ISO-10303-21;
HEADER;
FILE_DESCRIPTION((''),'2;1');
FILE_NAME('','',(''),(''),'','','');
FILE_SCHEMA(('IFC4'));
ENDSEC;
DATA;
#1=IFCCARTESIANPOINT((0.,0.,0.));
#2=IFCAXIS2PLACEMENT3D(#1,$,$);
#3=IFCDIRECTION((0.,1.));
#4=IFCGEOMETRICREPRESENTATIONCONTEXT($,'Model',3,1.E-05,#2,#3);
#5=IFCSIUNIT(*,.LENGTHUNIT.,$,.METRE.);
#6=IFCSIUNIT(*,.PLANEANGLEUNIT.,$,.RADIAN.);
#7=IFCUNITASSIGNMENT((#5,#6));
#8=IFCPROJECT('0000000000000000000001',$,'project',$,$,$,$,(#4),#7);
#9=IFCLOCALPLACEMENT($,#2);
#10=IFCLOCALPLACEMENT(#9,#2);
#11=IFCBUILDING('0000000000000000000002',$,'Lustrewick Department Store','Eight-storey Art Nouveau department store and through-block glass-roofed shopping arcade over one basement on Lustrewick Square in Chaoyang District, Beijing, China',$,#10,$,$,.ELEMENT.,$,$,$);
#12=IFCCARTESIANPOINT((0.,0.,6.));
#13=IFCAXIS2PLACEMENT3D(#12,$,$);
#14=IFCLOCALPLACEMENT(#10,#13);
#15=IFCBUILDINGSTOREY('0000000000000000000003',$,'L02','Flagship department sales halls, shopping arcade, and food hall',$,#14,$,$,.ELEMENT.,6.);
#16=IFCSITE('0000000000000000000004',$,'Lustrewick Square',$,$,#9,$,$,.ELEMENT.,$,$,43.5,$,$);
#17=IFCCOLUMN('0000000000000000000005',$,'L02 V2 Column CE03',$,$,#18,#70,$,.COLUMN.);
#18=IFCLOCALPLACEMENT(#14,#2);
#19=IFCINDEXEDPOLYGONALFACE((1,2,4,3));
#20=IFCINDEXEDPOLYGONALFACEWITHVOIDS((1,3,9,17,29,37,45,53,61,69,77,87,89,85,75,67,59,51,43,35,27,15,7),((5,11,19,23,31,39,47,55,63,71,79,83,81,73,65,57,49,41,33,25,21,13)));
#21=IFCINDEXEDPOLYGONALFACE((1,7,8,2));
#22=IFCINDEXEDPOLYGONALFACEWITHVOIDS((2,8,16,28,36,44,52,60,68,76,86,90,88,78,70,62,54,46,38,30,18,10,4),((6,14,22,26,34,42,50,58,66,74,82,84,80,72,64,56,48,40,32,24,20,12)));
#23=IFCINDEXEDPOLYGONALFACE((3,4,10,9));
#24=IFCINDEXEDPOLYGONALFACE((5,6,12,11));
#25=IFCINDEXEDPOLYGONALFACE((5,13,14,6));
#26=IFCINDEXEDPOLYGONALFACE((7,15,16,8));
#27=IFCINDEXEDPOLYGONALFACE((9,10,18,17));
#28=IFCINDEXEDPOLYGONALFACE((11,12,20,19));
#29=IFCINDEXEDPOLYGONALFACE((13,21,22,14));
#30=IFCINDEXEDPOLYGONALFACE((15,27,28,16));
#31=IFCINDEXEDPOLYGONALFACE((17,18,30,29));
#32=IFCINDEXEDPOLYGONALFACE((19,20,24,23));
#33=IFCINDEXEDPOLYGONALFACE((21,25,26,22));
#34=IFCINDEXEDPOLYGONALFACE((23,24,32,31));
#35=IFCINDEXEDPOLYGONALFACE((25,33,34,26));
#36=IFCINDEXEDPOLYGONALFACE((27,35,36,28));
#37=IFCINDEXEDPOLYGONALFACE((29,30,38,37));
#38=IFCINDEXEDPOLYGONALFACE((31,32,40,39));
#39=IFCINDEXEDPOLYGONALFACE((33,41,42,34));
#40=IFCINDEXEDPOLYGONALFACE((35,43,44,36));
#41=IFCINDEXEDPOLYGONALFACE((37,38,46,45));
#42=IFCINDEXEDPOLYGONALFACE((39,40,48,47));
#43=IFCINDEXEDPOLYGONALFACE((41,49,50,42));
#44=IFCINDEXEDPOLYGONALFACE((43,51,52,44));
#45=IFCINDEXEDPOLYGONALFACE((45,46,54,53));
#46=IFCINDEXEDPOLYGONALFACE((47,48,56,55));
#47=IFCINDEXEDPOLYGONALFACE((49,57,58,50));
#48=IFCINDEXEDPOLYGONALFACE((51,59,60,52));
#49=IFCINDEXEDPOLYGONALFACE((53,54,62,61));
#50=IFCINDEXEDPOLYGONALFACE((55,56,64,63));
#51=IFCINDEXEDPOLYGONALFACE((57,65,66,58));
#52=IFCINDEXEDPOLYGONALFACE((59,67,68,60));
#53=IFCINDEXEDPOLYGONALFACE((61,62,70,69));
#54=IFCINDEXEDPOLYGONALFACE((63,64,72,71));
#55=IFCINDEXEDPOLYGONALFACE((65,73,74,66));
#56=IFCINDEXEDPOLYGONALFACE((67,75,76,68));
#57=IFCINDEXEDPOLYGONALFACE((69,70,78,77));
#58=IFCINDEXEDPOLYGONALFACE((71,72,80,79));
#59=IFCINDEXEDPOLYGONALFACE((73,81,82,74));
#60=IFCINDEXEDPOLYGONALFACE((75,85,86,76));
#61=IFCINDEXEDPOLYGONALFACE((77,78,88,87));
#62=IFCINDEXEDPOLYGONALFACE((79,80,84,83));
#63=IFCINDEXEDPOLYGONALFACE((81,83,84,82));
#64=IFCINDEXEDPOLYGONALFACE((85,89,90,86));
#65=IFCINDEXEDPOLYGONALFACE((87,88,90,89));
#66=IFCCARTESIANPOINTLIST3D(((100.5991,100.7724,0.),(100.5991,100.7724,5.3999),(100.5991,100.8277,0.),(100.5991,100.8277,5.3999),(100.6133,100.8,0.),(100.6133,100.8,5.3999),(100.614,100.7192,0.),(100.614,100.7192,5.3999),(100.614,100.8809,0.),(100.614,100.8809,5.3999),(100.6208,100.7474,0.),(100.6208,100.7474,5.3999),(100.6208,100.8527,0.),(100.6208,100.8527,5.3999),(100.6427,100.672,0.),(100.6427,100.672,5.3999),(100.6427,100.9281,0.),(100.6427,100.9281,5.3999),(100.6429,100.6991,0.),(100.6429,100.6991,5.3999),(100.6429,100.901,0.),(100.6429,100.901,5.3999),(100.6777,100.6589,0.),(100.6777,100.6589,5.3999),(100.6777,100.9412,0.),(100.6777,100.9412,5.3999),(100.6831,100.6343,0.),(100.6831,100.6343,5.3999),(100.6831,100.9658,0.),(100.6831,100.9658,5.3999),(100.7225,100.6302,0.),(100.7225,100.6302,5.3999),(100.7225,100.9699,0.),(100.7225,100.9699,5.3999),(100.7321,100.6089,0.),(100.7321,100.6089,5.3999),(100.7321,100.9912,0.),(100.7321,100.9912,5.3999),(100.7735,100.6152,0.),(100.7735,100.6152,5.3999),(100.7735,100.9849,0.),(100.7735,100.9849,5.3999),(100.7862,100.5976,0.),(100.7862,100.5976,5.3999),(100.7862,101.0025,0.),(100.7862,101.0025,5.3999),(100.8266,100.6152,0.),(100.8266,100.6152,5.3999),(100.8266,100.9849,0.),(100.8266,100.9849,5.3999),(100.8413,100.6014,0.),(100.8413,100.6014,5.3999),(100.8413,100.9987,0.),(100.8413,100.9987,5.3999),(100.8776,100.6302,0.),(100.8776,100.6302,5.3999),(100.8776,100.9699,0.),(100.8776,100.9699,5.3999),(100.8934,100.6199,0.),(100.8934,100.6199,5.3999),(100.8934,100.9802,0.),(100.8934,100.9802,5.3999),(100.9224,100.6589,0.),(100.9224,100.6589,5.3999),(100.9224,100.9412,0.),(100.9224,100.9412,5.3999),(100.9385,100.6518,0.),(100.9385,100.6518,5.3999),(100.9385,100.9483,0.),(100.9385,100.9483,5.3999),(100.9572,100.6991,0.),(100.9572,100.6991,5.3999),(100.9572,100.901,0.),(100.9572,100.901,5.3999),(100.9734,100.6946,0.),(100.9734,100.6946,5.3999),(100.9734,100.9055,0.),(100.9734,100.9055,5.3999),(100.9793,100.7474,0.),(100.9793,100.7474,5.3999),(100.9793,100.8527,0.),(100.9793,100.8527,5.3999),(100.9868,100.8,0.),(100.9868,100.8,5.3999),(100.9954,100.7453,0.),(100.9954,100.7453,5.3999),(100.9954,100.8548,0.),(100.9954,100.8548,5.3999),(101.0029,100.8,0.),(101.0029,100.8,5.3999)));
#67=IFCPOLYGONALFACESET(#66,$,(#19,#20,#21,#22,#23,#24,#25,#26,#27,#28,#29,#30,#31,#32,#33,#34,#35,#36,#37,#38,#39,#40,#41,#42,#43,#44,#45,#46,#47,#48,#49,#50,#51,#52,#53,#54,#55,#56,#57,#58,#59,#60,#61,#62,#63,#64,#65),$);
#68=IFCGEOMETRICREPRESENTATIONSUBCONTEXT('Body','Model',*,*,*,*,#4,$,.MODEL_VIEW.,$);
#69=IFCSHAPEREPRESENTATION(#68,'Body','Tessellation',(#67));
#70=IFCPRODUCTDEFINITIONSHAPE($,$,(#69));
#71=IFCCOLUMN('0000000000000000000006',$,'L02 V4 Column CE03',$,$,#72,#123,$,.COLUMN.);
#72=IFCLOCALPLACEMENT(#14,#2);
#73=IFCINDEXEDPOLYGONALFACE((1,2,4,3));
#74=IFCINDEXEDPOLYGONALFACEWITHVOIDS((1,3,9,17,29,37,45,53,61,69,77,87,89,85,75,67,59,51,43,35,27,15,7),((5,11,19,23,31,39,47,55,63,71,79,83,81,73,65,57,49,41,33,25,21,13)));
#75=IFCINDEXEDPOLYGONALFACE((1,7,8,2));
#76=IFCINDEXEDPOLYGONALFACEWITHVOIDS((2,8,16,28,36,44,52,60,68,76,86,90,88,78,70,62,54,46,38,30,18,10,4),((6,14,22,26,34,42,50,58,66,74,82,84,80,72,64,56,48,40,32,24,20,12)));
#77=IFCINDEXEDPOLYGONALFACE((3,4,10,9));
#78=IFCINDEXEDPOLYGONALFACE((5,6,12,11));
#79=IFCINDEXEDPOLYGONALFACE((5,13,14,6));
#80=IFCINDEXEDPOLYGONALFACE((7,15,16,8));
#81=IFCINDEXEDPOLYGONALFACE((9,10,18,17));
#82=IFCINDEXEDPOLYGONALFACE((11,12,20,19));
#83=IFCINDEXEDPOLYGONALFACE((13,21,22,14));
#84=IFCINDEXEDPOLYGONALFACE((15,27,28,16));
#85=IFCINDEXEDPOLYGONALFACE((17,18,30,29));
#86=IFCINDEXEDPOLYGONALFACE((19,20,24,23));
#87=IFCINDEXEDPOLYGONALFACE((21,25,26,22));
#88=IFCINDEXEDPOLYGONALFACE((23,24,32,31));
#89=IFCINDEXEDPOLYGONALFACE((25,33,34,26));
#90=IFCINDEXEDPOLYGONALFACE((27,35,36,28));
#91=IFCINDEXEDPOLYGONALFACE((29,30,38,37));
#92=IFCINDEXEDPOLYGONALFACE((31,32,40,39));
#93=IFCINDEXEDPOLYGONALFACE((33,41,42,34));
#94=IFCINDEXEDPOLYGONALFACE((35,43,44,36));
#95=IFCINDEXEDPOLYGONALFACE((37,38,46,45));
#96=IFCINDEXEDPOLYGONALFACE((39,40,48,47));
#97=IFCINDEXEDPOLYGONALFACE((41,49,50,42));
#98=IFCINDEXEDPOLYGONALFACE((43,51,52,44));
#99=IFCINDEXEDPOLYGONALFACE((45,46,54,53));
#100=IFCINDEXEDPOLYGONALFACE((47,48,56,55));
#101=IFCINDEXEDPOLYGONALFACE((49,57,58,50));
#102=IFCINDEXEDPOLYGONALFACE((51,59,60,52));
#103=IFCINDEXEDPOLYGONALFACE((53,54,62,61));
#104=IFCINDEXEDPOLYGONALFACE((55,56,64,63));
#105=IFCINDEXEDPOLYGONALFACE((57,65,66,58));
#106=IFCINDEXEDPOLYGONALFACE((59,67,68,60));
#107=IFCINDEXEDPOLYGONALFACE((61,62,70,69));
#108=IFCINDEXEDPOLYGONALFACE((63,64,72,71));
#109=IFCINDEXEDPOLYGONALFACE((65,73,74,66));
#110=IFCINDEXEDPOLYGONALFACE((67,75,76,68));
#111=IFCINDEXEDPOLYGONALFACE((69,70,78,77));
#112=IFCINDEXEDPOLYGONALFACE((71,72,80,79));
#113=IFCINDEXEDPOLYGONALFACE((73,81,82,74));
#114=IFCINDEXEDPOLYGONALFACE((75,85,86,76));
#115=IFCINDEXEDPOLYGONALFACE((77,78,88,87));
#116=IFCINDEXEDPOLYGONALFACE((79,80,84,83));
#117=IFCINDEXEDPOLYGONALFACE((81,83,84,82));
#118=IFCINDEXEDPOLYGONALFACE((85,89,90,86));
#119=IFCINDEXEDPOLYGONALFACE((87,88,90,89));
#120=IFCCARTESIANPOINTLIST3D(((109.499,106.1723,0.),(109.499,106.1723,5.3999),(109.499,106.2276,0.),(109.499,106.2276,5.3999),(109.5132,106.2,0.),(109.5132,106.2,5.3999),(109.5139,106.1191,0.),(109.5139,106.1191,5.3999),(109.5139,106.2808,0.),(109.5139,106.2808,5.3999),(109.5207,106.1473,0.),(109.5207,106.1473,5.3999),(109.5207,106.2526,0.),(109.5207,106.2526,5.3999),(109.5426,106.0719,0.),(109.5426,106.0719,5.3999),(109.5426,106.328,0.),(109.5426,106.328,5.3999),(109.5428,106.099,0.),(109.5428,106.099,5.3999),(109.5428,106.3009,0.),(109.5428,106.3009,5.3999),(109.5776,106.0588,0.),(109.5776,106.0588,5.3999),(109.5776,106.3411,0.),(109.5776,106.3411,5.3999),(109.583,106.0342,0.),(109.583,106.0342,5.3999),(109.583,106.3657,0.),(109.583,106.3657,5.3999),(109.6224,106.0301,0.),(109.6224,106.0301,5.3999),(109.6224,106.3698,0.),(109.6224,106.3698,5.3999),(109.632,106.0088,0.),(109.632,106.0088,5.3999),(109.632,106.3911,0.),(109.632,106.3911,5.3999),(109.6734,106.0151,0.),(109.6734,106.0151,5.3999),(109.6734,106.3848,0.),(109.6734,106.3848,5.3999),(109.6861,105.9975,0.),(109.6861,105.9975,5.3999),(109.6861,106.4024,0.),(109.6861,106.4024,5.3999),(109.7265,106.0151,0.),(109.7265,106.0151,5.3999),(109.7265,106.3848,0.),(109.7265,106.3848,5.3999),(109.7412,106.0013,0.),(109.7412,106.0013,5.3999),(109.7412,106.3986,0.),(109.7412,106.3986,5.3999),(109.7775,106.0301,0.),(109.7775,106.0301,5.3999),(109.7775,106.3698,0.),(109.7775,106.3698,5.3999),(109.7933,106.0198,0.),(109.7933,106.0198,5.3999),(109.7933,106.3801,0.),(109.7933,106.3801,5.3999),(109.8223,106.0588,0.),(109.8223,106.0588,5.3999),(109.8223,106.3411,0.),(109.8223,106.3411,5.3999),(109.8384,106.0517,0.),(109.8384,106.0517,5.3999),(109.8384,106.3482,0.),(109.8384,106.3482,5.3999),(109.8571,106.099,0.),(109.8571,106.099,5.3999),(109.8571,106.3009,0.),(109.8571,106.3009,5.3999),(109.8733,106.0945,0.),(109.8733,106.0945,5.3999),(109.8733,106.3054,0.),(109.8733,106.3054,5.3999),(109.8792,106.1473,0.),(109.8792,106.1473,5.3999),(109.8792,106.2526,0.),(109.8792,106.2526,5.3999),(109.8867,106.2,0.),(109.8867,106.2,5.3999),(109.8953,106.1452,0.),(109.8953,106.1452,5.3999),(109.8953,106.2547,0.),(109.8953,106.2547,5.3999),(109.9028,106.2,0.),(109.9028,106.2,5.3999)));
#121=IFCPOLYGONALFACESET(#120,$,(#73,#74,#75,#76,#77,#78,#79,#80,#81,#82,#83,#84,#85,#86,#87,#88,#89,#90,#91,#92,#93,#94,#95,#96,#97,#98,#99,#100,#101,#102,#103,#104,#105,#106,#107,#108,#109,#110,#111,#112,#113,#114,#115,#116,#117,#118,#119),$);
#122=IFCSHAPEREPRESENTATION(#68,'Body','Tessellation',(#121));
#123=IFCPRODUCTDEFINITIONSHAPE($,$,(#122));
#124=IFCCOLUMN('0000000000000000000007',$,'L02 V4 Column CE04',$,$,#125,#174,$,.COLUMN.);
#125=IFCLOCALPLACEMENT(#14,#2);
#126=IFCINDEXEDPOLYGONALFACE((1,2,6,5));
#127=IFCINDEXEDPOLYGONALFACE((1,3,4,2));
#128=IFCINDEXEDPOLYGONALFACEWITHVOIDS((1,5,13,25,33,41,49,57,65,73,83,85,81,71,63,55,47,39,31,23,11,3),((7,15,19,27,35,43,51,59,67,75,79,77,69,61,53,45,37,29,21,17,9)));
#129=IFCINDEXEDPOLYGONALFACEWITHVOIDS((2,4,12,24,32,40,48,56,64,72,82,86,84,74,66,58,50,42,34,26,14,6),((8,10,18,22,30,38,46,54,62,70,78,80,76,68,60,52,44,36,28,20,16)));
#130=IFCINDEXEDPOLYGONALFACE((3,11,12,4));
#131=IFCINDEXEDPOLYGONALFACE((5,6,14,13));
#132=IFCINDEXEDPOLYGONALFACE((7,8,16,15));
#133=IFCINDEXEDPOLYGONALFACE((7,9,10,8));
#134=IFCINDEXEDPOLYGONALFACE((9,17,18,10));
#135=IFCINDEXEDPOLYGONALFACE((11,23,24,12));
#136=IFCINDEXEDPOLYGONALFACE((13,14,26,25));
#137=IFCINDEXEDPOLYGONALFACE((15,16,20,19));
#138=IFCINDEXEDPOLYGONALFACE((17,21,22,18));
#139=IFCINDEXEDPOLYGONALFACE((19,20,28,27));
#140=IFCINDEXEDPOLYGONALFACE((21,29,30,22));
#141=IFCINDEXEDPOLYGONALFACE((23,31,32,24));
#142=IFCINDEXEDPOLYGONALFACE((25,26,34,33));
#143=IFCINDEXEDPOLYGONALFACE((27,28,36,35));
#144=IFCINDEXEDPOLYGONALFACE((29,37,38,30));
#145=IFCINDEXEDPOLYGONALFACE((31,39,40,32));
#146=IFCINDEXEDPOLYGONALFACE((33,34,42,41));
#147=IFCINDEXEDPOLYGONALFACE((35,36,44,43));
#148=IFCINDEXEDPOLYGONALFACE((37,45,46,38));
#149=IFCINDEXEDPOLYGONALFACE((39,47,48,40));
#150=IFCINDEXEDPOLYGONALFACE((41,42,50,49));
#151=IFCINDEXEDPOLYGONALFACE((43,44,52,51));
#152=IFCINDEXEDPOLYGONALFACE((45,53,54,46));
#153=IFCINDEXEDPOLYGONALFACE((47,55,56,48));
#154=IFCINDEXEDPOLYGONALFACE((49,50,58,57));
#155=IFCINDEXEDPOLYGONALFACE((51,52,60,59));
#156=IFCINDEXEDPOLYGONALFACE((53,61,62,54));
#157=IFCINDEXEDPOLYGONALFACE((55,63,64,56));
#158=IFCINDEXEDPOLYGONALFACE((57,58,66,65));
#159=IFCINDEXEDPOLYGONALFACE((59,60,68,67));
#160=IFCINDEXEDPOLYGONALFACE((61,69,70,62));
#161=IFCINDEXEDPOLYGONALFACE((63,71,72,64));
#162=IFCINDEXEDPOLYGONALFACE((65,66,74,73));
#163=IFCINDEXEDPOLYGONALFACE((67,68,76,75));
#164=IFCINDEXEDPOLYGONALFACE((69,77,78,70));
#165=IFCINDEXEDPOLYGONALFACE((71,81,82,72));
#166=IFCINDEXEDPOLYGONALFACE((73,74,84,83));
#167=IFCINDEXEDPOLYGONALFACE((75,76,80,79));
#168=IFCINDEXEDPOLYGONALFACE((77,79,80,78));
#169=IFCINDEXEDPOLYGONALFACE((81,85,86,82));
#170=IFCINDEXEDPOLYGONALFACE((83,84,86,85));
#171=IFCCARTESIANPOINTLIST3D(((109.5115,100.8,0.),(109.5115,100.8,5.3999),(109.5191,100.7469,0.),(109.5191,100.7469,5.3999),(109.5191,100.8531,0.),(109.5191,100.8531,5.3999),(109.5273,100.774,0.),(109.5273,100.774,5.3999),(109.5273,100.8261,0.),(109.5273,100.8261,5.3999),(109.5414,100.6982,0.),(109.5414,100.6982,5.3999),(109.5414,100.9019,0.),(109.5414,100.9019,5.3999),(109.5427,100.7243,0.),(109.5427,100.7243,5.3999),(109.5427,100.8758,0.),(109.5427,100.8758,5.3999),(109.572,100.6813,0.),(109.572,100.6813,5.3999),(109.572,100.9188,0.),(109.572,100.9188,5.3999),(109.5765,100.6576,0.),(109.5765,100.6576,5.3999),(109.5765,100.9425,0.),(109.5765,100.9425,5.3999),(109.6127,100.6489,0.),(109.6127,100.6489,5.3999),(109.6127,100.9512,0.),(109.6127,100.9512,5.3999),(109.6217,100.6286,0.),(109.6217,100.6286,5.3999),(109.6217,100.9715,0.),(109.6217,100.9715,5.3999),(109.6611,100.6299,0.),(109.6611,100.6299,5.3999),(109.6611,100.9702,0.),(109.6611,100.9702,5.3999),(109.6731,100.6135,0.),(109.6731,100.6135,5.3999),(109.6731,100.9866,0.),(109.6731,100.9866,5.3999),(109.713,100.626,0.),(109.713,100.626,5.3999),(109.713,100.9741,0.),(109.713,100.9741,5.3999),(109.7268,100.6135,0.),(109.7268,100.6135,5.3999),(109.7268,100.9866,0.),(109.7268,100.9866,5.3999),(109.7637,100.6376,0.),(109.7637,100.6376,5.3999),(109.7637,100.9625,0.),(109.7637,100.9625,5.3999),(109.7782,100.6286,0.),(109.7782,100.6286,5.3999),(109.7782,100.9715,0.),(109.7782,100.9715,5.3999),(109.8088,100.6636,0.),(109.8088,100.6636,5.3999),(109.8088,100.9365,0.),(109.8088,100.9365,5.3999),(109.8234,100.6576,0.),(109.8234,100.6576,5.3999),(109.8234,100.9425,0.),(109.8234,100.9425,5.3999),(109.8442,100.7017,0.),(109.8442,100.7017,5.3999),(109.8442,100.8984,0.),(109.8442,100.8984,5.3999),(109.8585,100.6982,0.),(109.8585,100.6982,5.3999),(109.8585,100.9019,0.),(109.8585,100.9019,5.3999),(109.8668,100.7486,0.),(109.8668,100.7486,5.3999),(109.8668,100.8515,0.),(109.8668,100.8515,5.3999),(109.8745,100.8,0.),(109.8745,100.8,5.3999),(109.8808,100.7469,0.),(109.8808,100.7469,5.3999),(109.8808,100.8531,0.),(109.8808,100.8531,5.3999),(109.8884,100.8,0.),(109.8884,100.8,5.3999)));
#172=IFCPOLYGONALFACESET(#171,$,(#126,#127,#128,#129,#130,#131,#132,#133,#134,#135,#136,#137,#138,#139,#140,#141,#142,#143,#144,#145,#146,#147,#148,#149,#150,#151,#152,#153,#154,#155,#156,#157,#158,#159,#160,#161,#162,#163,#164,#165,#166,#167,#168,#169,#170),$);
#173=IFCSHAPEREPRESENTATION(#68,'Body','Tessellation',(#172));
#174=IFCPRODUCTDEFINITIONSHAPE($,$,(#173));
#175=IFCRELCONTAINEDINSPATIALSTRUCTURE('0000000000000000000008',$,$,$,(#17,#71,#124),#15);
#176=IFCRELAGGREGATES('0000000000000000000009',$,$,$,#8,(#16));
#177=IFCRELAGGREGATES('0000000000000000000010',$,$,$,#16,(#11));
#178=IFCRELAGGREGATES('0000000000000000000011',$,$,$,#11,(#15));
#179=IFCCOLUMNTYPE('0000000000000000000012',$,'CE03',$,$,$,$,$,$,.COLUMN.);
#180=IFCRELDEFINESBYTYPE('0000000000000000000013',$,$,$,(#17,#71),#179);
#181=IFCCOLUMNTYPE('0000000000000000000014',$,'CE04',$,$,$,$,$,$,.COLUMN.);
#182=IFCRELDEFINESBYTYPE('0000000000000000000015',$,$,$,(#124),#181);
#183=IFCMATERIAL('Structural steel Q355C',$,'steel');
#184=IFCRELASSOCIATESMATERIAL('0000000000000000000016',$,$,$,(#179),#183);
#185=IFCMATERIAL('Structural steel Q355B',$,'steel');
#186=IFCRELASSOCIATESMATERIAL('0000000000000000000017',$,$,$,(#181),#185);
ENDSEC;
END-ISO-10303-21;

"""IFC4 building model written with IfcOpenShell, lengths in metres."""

from ifc_helpers import new_model, si_unit, direction, frame, origin, origin_2d, place, context, subcontext, project, spatial, hollow_circle, extrude, material, material_profile, profile_set, type_object, element, save


model = new_model("IFC4")

# Units and contexts
model_context = context("Model", 3, precision=1e-05, world=origin(), true_north=direction((0.0, 1.0)))
body_context = subcontext(model_context, "Body", "Model", "MODEL_VIEW")
ifc_project = project(units=[si_unit("LENGTHUNIT", "METRE"), si_unit("PLANEANGLEUNIT", "RADIAN")], contexts=[model_context])

# Site, building, storey
site_placement = place(None, origin())
site = spatial("IfcSite", under=ifc_project, at=site_placement, Name="Lustrewick Square", CompositionType="ELEMENT", RefElevation=43.5)
building_placement = place(site_placement, origin())
building = spatial("IfcBuilding", under=site, at=building_placement, Name="Lustrewick Department Store", Description="Eight-storey Art Nouveau department store and through-block glass-roofed shopping arcade over one basement on Lustrewick Square in Chaoyang District, Beijing, China", CompositionType="ELEMENT")
storey_placement = place(building_placement, frame((0.0, 0.0, 6.0)))
storey = spatial("IfcBuildingStorey", under=building, at=storey_placement, Name="L02", Description="Flagship department sales halls, shopping arcade, and food hall", CompositionType="ELEMENT", Elevation=6.0)

# Columns
ifc_material_1 = material(Name="Structural steel Q355C", Category="steel")
ifc_material_profile_1 = material_profile(ifc_material_1, hollow_circle(Radius=0.2029, WallThickness=0.0161, at=origin_2d()), Name="CHS 406x16")
ifc_profile_set_1 = profile_set([ifc_material_profile_1], Name="Structural steel Q355C")
column_type_1 = type_object("IfcColumnType", Name="CE03", PredefinedType="COLUMN", material=ifc_profile_set_1)
for number, where, z_axis, x_axis, name in (
    (1, (100.8, 100.8, 0.0), (0.0, 0.0, 1.0), (1.0, 0.0, 0.0), "L02 V2 Column CE03"),
    (2, (109.7, 106.2, 0.0), (0.0, 0.0, 1.0), (1.0, 0.0, 0.0), "L02 V4 Column CE03"),
):
    element("IfcColumn", number, at=place(storey_placement, frame(where, z_axis=z_axis, x_axis=x_axis)), inside=storey, type_object=column_type_1, Name=name, PredefinedType="COLUMN", context=body_context, shape_type="SweptSolid", body=[
        extrude(hollow_circle(Radius=0.2029, WallThickness=0.0161, at=origin_2d()), origin(), (0.0, 0.0, 1.0), 5.3999),
    ])
ifc_material_2 = material(Name="Structural steel Q355B", Category="steel")
ifc_material_profile_2 = material_profile(ifc_material_2, hollow_circle(Radius=0.1885, WallThickness=0.0139, at=origin_2d()), Name="CHS 377x14")
ifc_profile_set_2 = profile_set([ifc_material_profile_2], Name="Structural steel Q355B")
column_type_2 = type_object("IfcColumnType", Name="CE04", PredefinedType="COLUMN", material=ifc_profile_set_2)
for number, where, z_axis, x_axis, name in (
    (3, (109.7, 100.8, 0.0), (0.0, 0.0, 1.0), (1.0, 0.0, 0.0), "L02 V4 Column CE04"),
):
    element("IfcColumn", number, at=place(storey_placement, frame(where, z_axis=z_axis, x_axis=x_axis)), inside=storey, type_object=column_type_2, Name=name, PredefinedType="COLUMN", context=body_context, shape_type="SweptSolid", body=[
        extrude(hollow_circle(Radius=0.1885, WallThickness=0.0139, at=origin_2d()), origin(), (0.0, 0.0, 1.0), 5.3999),
    ])

save(model, "model.ifc")
